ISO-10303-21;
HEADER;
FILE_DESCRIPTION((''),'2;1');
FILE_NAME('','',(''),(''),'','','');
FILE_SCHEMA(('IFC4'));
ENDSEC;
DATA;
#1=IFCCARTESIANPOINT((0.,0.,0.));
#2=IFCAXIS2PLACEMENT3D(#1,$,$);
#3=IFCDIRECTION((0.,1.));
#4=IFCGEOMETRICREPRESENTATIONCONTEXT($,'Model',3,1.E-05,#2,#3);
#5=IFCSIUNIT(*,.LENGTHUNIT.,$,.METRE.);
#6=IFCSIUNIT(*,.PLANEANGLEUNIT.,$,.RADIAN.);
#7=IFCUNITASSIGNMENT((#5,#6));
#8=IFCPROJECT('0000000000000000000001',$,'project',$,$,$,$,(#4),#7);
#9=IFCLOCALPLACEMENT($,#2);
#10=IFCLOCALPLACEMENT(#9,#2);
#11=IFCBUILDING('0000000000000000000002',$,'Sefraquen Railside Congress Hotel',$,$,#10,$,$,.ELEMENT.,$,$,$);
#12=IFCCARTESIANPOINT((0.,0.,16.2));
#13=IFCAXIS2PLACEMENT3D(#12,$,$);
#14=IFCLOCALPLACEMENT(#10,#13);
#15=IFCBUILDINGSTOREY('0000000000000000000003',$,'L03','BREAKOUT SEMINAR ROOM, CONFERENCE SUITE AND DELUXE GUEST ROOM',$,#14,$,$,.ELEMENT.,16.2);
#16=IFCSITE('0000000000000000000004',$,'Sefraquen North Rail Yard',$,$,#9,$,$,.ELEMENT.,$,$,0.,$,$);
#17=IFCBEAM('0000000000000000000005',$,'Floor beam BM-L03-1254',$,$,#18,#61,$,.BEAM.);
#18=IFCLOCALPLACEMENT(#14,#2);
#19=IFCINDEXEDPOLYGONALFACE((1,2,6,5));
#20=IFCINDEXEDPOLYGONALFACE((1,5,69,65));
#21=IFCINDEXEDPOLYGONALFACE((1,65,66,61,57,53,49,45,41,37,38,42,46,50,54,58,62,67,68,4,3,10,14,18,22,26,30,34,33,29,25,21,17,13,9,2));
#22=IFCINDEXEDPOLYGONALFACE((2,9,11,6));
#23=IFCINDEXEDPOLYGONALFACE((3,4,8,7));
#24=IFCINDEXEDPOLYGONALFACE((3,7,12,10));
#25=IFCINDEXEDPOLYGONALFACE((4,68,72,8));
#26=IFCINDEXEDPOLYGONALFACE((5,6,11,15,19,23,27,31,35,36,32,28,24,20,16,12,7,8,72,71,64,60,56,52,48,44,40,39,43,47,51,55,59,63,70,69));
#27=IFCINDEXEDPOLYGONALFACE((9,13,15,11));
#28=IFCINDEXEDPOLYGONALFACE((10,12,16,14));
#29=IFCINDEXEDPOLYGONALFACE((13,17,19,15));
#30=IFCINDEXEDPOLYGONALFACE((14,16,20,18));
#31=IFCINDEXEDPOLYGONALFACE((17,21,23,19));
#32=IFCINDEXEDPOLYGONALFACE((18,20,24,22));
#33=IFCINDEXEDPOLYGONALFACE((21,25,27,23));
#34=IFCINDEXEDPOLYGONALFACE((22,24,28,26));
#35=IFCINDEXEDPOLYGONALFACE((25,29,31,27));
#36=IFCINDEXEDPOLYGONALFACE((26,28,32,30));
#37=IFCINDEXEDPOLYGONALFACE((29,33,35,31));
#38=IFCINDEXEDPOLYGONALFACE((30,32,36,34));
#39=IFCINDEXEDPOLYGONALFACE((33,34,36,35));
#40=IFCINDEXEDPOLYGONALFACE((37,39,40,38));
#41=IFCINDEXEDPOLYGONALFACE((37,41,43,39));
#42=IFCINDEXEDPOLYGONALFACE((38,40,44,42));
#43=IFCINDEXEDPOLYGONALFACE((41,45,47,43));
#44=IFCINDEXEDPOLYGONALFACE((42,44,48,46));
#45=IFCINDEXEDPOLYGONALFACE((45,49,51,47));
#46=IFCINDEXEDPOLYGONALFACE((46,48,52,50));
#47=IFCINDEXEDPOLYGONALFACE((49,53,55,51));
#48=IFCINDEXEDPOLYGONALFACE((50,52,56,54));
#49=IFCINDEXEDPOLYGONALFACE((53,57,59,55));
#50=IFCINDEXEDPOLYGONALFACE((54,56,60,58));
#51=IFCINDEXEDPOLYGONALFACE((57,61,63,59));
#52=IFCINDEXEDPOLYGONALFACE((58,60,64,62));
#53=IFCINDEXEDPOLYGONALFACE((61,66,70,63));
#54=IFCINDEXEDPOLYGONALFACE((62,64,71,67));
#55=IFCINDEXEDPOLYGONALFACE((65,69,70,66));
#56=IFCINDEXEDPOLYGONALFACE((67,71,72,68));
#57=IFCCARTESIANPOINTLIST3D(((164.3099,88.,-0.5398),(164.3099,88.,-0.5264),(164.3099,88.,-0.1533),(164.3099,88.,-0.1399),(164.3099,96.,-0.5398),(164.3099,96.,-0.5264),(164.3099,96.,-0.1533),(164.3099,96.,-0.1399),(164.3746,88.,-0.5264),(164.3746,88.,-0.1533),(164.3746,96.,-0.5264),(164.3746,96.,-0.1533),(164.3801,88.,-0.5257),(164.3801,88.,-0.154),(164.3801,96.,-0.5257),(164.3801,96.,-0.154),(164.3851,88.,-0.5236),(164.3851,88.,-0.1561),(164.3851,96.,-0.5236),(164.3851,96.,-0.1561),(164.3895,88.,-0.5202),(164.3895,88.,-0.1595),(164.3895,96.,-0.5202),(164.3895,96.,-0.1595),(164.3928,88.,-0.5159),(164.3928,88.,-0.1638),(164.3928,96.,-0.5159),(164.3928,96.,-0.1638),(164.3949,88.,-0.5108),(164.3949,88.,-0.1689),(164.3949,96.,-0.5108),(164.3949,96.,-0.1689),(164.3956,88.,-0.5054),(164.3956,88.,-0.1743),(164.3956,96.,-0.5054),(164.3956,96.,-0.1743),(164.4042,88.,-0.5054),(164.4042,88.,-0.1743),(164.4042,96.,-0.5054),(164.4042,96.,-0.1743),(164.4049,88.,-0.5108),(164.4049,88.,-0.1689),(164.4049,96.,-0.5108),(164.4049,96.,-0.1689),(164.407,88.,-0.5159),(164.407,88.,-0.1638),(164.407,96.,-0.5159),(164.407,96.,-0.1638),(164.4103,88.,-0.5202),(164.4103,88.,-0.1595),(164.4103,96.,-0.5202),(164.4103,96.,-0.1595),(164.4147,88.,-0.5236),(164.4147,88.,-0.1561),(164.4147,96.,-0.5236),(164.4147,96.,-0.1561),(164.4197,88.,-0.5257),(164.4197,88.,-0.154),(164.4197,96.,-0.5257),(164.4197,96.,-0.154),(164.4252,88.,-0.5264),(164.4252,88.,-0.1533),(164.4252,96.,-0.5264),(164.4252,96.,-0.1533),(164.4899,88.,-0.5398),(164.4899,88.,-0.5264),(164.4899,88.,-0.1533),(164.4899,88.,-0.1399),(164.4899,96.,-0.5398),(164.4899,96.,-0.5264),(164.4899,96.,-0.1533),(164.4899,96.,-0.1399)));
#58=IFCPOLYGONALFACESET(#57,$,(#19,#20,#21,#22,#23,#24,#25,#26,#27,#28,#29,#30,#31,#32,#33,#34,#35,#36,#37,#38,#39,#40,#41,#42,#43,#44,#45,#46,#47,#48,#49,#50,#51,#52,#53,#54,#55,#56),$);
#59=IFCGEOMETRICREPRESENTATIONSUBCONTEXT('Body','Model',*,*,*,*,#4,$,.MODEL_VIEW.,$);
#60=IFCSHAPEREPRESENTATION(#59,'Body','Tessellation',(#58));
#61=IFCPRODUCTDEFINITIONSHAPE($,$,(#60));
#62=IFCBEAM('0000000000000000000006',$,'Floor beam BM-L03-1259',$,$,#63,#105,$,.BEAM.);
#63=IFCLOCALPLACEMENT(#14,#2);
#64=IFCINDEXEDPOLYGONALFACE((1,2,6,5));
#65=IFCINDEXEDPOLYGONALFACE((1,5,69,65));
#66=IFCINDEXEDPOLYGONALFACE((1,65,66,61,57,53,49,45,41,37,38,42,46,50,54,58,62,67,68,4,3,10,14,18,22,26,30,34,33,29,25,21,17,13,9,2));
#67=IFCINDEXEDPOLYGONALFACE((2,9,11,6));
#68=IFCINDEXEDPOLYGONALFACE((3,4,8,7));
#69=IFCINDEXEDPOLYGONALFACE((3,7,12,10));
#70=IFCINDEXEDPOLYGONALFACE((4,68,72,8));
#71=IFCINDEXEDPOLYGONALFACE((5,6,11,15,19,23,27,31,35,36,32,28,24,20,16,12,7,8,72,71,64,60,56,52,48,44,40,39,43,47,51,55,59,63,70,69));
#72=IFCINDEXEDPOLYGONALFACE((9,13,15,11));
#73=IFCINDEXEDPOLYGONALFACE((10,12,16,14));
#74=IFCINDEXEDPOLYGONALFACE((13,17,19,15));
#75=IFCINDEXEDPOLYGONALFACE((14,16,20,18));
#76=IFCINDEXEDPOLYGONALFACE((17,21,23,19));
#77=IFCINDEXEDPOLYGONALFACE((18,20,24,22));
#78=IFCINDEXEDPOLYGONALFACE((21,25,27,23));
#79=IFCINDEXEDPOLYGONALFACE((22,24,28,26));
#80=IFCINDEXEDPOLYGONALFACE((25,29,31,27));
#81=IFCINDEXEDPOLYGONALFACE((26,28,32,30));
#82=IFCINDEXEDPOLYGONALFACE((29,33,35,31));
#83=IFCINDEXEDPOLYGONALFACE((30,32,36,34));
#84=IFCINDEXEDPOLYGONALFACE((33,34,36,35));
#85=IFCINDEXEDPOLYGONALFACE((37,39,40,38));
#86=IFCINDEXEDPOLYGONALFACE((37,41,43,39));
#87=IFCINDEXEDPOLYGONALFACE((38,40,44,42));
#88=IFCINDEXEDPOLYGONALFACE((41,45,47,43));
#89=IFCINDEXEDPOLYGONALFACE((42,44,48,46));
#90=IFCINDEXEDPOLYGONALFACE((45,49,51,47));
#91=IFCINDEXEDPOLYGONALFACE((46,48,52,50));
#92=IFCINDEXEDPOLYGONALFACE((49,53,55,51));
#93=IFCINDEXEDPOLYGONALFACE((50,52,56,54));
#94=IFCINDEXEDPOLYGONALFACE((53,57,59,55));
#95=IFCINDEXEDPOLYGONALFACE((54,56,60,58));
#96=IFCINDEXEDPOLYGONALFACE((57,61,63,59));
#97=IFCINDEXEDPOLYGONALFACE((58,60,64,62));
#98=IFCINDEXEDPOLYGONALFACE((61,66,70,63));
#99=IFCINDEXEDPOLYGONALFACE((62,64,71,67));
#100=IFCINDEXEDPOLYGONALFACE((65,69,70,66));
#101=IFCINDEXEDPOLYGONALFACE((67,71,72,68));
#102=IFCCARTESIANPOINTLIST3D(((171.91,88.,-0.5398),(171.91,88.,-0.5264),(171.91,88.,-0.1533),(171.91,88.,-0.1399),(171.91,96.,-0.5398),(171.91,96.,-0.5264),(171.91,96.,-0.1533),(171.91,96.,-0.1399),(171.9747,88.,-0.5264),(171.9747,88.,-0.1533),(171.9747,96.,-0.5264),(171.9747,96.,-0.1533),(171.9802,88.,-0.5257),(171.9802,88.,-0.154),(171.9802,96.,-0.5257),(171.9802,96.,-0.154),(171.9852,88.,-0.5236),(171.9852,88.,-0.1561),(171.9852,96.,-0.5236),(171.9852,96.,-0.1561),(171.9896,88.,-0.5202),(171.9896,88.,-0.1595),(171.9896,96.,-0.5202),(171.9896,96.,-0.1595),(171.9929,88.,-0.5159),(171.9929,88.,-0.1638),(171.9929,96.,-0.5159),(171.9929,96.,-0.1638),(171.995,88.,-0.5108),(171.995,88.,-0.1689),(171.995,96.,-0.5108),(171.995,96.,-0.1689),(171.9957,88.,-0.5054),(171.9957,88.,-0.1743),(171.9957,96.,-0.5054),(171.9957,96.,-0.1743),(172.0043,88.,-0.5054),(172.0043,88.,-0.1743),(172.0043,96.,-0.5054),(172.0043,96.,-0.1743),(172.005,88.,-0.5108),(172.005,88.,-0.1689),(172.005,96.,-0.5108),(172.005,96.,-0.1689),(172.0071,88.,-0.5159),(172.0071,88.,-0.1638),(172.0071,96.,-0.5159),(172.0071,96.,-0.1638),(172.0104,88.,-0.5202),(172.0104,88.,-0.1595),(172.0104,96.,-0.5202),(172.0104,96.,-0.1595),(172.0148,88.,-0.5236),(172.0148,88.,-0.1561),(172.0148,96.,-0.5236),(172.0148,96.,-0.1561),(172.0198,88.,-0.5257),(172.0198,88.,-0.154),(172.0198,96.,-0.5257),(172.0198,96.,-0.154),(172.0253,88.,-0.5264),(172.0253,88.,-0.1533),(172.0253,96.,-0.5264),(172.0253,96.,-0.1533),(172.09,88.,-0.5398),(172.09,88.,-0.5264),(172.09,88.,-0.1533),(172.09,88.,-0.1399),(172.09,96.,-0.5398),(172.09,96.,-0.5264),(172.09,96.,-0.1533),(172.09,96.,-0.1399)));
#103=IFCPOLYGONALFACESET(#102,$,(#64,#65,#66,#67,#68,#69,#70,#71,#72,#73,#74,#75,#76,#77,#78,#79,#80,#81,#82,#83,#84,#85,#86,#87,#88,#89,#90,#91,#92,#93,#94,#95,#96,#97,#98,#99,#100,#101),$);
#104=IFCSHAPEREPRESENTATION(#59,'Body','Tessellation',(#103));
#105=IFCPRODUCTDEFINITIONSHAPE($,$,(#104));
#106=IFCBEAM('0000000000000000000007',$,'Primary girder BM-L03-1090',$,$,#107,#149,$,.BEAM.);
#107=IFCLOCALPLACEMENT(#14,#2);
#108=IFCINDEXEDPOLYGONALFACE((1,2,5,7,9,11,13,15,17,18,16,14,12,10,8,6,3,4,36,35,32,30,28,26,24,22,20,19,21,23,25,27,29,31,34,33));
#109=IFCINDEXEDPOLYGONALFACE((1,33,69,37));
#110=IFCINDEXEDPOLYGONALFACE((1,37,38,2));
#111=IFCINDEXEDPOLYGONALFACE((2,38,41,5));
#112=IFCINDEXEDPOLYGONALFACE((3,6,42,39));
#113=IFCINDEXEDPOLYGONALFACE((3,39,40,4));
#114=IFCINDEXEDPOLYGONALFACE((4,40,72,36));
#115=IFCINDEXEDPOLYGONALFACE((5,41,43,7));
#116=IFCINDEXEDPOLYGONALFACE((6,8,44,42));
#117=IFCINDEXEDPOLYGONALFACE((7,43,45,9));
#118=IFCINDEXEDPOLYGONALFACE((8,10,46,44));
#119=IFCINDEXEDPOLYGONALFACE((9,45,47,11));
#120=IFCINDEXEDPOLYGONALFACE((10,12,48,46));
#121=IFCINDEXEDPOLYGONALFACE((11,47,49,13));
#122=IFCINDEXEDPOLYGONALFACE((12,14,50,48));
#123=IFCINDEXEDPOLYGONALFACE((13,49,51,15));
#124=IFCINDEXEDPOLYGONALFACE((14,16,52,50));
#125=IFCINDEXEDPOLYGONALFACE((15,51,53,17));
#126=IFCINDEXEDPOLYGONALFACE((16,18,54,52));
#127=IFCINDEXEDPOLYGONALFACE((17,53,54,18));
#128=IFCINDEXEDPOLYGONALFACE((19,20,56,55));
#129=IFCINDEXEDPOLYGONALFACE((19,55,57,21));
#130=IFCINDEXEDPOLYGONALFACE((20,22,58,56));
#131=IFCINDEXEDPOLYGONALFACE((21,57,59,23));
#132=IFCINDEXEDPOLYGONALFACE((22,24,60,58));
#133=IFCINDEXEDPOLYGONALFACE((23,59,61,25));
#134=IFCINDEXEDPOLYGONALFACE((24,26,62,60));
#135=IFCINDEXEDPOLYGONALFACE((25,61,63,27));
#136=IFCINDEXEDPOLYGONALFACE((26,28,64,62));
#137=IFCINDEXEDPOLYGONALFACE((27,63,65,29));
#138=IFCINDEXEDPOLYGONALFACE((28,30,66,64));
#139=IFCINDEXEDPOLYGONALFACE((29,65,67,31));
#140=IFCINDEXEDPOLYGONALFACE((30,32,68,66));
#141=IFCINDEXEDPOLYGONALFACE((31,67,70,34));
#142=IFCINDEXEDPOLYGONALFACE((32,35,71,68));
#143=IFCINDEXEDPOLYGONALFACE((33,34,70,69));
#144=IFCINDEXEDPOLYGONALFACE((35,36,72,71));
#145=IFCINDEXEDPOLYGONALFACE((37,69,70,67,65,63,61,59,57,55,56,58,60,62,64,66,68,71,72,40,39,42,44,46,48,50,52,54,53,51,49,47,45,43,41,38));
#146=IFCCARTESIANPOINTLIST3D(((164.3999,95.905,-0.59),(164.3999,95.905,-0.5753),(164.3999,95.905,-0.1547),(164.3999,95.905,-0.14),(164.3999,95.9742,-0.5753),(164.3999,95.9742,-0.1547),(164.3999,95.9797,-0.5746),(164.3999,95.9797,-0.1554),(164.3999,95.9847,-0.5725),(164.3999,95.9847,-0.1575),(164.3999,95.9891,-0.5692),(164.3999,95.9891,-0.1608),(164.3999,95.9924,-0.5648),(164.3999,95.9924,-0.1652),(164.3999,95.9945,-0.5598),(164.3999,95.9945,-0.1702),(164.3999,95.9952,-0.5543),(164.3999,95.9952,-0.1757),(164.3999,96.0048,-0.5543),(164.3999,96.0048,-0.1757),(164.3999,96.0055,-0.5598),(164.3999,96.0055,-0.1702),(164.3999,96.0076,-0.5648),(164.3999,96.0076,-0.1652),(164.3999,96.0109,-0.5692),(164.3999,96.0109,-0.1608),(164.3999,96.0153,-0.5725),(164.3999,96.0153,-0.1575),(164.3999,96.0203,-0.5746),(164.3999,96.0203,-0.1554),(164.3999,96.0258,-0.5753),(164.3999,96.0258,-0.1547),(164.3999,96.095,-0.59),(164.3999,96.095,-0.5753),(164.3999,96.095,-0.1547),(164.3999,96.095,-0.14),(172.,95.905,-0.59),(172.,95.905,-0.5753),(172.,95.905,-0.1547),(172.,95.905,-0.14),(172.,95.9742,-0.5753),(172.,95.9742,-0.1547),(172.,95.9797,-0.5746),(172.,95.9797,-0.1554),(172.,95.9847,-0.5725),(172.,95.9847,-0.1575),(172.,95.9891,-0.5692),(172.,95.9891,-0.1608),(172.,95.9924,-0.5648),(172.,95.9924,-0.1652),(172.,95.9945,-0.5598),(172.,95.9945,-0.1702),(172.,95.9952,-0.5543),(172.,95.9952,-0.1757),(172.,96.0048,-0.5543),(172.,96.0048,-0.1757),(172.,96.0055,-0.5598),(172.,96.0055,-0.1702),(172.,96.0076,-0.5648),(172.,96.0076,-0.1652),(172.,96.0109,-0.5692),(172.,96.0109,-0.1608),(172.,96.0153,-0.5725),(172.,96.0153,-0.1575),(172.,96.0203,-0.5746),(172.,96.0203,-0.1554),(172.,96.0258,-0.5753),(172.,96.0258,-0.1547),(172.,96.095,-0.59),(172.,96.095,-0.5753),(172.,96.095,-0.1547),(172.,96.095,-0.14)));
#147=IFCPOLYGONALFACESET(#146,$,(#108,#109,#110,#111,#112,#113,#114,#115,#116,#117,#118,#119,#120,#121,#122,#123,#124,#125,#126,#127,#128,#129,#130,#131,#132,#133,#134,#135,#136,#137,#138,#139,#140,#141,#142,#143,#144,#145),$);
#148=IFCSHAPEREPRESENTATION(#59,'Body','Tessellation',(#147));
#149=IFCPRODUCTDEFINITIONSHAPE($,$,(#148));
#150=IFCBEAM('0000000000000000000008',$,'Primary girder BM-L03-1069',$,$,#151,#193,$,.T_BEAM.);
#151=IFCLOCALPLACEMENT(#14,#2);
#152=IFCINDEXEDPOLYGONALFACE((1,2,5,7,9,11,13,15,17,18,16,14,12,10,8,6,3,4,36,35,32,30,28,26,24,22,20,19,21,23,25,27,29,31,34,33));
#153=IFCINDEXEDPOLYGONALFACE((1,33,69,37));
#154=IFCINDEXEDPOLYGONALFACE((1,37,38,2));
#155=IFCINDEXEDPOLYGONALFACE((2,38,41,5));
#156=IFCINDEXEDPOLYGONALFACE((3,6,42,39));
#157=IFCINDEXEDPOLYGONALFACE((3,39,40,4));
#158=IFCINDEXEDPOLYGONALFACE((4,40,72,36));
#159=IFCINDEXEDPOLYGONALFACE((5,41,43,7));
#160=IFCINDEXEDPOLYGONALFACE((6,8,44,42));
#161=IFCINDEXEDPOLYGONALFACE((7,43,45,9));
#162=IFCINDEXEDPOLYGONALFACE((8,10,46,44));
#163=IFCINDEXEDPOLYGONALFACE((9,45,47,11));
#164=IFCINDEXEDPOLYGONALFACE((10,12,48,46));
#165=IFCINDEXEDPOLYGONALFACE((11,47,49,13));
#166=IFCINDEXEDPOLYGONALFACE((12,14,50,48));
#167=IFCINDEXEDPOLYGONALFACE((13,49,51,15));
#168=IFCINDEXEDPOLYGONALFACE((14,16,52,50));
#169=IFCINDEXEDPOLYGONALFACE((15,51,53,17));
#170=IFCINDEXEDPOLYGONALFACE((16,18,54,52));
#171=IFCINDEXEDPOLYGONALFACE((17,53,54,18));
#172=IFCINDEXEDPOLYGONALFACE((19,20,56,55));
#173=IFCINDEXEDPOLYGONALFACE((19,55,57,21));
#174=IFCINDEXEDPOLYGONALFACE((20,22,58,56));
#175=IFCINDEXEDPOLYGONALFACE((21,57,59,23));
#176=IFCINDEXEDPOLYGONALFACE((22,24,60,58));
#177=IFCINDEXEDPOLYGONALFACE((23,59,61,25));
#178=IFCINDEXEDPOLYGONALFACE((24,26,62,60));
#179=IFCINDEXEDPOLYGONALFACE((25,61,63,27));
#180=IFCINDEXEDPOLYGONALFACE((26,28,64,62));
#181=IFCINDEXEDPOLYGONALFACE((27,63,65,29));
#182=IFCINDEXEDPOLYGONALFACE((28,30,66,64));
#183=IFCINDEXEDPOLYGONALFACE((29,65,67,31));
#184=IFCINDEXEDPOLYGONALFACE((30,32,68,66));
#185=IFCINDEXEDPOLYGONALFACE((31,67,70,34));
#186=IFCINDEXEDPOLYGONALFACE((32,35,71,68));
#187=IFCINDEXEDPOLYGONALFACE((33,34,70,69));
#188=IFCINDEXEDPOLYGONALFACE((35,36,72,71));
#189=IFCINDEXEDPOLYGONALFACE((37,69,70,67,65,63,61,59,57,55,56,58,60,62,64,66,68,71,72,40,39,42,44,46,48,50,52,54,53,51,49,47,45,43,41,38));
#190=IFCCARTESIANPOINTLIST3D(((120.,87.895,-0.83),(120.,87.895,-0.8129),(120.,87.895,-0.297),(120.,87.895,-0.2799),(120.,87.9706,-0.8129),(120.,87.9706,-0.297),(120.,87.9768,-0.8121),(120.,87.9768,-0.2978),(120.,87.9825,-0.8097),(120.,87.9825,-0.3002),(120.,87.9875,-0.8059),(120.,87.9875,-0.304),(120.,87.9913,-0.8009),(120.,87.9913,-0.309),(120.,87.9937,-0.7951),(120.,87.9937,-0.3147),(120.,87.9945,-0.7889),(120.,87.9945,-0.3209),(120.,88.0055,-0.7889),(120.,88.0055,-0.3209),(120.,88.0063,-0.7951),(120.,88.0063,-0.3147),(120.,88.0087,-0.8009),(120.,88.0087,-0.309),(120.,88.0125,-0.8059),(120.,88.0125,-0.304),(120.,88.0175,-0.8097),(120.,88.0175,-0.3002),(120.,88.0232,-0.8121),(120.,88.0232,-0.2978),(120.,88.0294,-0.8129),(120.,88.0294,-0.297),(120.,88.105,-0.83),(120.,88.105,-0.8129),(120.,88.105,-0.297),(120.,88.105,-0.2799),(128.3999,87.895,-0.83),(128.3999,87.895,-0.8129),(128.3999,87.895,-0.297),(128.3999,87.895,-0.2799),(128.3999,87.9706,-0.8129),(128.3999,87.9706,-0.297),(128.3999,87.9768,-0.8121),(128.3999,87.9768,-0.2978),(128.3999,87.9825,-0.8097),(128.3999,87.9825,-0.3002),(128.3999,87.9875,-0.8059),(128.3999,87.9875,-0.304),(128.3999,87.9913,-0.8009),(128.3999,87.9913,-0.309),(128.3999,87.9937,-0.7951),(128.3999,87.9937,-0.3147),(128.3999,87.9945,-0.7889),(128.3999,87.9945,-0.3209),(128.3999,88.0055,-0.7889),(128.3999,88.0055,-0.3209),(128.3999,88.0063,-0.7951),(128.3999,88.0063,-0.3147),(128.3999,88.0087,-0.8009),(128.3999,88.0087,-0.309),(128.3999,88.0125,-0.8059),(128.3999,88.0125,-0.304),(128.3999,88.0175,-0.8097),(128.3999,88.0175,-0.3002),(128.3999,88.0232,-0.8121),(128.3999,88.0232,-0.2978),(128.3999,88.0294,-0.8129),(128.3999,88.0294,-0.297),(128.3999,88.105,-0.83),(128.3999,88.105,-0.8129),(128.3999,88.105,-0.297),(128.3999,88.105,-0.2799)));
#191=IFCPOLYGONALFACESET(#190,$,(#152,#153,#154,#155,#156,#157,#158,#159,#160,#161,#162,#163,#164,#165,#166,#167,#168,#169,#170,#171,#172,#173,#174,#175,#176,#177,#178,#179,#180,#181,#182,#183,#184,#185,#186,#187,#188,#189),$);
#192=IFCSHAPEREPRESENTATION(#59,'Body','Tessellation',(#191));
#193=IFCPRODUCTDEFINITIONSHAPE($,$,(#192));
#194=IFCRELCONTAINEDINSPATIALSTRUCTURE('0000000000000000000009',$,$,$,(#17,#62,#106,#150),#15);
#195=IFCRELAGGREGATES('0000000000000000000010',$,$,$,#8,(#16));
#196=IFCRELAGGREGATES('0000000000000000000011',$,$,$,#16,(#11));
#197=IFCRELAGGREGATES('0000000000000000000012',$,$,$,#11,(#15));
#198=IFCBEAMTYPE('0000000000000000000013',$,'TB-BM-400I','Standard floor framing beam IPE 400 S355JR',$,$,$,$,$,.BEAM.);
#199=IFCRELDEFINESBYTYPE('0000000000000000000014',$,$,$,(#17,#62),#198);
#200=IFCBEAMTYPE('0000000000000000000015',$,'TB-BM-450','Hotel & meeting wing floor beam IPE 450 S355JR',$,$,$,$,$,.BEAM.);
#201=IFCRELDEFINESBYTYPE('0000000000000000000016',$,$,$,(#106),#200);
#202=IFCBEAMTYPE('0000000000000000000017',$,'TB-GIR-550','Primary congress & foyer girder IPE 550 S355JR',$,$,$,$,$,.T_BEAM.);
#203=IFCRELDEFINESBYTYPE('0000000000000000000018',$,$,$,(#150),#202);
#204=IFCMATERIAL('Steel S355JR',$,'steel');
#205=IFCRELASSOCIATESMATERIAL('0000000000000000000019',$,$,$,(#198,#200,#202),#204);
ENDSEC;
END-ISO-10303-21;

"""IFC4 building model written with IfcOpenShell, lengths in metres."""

from ifc_helpers import new_model, si_unit, direction, frame, origin, origin_2d, place, context, subcontext, project, spatial, i_section, extrude, material, material_profile, profile_set, type_object, element, save


model = new_model("IFC4")

# Units and contexts
model_context = context("Model", 3, precision=1e-05, world=origin(), true_north=direction((0.0, 1.0)))
body_context = subcontext(model_context, "Body", "Model", "MODEL_VIEW")
ifc_project = project(units=[si_unit("LENGTHUNIT", "METRE"), si_unit("PLANEANGLEUNIT", "RADIAN")], contexts=[model_context])

# Site, building, storey
site_placement = place(None, origin())
site = spatial("IfcSite", under=ifc_project, at=site_placement, Name="Sefraquen North Rail Yard", CompositionType="ELEMENT", RefElevation=0.0)
building_placement = place(site_placement, origin())
building = spatial("IfcBuilding", under=site, at=building_placement, Name="Sefraquen Railside Congress Hotel", CompositionType="ELEMENT")
storey_placement = place(building_placement, frame((0.0, 0.0, 16.2)))
storey = spatial("IfcBuildingStorey", under=building, at=storey_placement, Name="L03", Description="BREAKOUT SEMINAR ROOM, CONFERENCE SUITE AND DELUXE GUEST ROOM", CompositionType="ELEMENT", Elevation=16.2)

# Shared definitions
ifc_material_1 = material(Name="Steel S355JR", Category="steel")

# Beams
ifc_material_profile_1 = material_profile(ifc_material_1, i_section(OverallWidth=0.1799, OverallDepth=0.3999, WebThickness=0.0085, FlangeThickness=0.0134, FilletRadius=0.021, at=origin_2d()), Name="IPE 400")
ifc_profile_set_1 = profile_set([ifc_material_profile_1], Name="Steel S355JR")
beam_type_1 = type_object("IfcBeamType", Name="TB-BM-400I", Description="Standard floor framing beam IPE 400 S355JR", PredefinedType="BEAM", material=ifc_profile_set_1)
for number, where, z_axis, x_axis, name in (
    (1, (164.3999, 88.0, -0.3398), (0.0, 1.0, 0.0), (-1.0, 0.0, 0.0), "Floor beam BM-L03-1254"),
    (2, (172.0, 88.0, -0.3398), (0.0, 1.0, 0.0), (-1.0, 0.0, 0.0), "Floor beam BM-L03-1259"),
):
    element("IfcBeam", number, at=place(storey_placement, frame(where, z_axis=z_axis, x_axis=x_axis)), inside=storey, type_object=beam_type_1, Name=name, PredefinedType="BEAM", context=body_context, shape_type="SweptSolid", body=[
        extrude(i_section(OverallWidth=0.1799, OverallDepth=0.3999, WebThickness=0.0085, FlangeThickness=0.0134, FilletRadius=0.021, at=origin_2d()), origin(), (0.0, 0.0, 1.0), 8.0),
    ])
ifc_material_profile_2 = material_profile(ifc_material_1, i_section(OverallWidth=0.1899, OverallDepth=0.45, WebThickness=0.0095, FlangeThickness=0.0146, FilletRadius=0.021, at=origin_2d()), Name="IPE 450")
ifc_profile_set_2 = profile_set([ifc_material_profile_2], Name="Steel S355JR")
beam_type_2 = type_object("IfcBeamType", Name="TB-BM-450", Description="Hotel & meeting wing floor beam IPE 450 S355JR", PredefinedType="BEAM", material=ifc_profile_set_2)
beam_1_placement = place(storey_placement, frame((164.3999, 96.0, -0.365), z_axis=(1.0, 0.0, 0.0), x_axis=(0.0, 1.0, 0.0)))
element("IfcBeam", 3, at=beam_1_placement, inside=storey, type_object=beam_type_2, Name="Primary girder BM-L03-1090", PredefinedType="BEAM", context=body_context, shape_type="SweptSolid", body=[
    extrude(i_section(OverallWidth=0.1899, OverallDepth=0.45, WebThickness=0.0095, FlangeThickness=0.0146, FilletRadius=0.021, at=origin_2d()), origin(), (0.0, 0.0, 1.0), 7.6001),
])
ifc_material_profile_3 = material_profile(ifc_material_1, i_section(OverallWidth=0.21, OverallDepth=0.55, WebThickness=0.011, FlangeThickness=0.0171, FilletRadius=0.0239, at=origin_2d()), Name="IPE 550")
ifc_profile_set_3 = profile_set([ifc_material_profile_3], Name="Steel S355JR")
beam_type_3 = type_object("IfcBeamType", Name="TB-GIR-550", Description="Primary congress & foyer girder IPE 550 S355JR", PredefinedType="T_BEAM", material=ifc_profile_set_3)
for number, where, z_axis, x_axis, name in (
    (4, (120.0, 88.0, -0.5549), (1.0, 0.0, 0.0), (0.0, 1.0, 0.0), "Primary girder BM-L03-1069"),
):
    element("IfcBeam", number, at=place(storey_placement, frame(where, z_axis=z_axis, x_axis=x_axis)), inside=storey, type_object=beam_type_3, Name=name, PredefinedType="T_BEAM", context=body_context, shape_type="SweptSolid", body=[
        extrude(i_section(OverallWidth=0.21, OverallDepth=0.55, WebThickness=0.011, FlangeThickness=0.0171, FilletRadius=0.0239, at=origin_2d()), origin(), (0.0, 0.0, 1.0), 8.3999),
    ])

save(model, "model.ifc")
